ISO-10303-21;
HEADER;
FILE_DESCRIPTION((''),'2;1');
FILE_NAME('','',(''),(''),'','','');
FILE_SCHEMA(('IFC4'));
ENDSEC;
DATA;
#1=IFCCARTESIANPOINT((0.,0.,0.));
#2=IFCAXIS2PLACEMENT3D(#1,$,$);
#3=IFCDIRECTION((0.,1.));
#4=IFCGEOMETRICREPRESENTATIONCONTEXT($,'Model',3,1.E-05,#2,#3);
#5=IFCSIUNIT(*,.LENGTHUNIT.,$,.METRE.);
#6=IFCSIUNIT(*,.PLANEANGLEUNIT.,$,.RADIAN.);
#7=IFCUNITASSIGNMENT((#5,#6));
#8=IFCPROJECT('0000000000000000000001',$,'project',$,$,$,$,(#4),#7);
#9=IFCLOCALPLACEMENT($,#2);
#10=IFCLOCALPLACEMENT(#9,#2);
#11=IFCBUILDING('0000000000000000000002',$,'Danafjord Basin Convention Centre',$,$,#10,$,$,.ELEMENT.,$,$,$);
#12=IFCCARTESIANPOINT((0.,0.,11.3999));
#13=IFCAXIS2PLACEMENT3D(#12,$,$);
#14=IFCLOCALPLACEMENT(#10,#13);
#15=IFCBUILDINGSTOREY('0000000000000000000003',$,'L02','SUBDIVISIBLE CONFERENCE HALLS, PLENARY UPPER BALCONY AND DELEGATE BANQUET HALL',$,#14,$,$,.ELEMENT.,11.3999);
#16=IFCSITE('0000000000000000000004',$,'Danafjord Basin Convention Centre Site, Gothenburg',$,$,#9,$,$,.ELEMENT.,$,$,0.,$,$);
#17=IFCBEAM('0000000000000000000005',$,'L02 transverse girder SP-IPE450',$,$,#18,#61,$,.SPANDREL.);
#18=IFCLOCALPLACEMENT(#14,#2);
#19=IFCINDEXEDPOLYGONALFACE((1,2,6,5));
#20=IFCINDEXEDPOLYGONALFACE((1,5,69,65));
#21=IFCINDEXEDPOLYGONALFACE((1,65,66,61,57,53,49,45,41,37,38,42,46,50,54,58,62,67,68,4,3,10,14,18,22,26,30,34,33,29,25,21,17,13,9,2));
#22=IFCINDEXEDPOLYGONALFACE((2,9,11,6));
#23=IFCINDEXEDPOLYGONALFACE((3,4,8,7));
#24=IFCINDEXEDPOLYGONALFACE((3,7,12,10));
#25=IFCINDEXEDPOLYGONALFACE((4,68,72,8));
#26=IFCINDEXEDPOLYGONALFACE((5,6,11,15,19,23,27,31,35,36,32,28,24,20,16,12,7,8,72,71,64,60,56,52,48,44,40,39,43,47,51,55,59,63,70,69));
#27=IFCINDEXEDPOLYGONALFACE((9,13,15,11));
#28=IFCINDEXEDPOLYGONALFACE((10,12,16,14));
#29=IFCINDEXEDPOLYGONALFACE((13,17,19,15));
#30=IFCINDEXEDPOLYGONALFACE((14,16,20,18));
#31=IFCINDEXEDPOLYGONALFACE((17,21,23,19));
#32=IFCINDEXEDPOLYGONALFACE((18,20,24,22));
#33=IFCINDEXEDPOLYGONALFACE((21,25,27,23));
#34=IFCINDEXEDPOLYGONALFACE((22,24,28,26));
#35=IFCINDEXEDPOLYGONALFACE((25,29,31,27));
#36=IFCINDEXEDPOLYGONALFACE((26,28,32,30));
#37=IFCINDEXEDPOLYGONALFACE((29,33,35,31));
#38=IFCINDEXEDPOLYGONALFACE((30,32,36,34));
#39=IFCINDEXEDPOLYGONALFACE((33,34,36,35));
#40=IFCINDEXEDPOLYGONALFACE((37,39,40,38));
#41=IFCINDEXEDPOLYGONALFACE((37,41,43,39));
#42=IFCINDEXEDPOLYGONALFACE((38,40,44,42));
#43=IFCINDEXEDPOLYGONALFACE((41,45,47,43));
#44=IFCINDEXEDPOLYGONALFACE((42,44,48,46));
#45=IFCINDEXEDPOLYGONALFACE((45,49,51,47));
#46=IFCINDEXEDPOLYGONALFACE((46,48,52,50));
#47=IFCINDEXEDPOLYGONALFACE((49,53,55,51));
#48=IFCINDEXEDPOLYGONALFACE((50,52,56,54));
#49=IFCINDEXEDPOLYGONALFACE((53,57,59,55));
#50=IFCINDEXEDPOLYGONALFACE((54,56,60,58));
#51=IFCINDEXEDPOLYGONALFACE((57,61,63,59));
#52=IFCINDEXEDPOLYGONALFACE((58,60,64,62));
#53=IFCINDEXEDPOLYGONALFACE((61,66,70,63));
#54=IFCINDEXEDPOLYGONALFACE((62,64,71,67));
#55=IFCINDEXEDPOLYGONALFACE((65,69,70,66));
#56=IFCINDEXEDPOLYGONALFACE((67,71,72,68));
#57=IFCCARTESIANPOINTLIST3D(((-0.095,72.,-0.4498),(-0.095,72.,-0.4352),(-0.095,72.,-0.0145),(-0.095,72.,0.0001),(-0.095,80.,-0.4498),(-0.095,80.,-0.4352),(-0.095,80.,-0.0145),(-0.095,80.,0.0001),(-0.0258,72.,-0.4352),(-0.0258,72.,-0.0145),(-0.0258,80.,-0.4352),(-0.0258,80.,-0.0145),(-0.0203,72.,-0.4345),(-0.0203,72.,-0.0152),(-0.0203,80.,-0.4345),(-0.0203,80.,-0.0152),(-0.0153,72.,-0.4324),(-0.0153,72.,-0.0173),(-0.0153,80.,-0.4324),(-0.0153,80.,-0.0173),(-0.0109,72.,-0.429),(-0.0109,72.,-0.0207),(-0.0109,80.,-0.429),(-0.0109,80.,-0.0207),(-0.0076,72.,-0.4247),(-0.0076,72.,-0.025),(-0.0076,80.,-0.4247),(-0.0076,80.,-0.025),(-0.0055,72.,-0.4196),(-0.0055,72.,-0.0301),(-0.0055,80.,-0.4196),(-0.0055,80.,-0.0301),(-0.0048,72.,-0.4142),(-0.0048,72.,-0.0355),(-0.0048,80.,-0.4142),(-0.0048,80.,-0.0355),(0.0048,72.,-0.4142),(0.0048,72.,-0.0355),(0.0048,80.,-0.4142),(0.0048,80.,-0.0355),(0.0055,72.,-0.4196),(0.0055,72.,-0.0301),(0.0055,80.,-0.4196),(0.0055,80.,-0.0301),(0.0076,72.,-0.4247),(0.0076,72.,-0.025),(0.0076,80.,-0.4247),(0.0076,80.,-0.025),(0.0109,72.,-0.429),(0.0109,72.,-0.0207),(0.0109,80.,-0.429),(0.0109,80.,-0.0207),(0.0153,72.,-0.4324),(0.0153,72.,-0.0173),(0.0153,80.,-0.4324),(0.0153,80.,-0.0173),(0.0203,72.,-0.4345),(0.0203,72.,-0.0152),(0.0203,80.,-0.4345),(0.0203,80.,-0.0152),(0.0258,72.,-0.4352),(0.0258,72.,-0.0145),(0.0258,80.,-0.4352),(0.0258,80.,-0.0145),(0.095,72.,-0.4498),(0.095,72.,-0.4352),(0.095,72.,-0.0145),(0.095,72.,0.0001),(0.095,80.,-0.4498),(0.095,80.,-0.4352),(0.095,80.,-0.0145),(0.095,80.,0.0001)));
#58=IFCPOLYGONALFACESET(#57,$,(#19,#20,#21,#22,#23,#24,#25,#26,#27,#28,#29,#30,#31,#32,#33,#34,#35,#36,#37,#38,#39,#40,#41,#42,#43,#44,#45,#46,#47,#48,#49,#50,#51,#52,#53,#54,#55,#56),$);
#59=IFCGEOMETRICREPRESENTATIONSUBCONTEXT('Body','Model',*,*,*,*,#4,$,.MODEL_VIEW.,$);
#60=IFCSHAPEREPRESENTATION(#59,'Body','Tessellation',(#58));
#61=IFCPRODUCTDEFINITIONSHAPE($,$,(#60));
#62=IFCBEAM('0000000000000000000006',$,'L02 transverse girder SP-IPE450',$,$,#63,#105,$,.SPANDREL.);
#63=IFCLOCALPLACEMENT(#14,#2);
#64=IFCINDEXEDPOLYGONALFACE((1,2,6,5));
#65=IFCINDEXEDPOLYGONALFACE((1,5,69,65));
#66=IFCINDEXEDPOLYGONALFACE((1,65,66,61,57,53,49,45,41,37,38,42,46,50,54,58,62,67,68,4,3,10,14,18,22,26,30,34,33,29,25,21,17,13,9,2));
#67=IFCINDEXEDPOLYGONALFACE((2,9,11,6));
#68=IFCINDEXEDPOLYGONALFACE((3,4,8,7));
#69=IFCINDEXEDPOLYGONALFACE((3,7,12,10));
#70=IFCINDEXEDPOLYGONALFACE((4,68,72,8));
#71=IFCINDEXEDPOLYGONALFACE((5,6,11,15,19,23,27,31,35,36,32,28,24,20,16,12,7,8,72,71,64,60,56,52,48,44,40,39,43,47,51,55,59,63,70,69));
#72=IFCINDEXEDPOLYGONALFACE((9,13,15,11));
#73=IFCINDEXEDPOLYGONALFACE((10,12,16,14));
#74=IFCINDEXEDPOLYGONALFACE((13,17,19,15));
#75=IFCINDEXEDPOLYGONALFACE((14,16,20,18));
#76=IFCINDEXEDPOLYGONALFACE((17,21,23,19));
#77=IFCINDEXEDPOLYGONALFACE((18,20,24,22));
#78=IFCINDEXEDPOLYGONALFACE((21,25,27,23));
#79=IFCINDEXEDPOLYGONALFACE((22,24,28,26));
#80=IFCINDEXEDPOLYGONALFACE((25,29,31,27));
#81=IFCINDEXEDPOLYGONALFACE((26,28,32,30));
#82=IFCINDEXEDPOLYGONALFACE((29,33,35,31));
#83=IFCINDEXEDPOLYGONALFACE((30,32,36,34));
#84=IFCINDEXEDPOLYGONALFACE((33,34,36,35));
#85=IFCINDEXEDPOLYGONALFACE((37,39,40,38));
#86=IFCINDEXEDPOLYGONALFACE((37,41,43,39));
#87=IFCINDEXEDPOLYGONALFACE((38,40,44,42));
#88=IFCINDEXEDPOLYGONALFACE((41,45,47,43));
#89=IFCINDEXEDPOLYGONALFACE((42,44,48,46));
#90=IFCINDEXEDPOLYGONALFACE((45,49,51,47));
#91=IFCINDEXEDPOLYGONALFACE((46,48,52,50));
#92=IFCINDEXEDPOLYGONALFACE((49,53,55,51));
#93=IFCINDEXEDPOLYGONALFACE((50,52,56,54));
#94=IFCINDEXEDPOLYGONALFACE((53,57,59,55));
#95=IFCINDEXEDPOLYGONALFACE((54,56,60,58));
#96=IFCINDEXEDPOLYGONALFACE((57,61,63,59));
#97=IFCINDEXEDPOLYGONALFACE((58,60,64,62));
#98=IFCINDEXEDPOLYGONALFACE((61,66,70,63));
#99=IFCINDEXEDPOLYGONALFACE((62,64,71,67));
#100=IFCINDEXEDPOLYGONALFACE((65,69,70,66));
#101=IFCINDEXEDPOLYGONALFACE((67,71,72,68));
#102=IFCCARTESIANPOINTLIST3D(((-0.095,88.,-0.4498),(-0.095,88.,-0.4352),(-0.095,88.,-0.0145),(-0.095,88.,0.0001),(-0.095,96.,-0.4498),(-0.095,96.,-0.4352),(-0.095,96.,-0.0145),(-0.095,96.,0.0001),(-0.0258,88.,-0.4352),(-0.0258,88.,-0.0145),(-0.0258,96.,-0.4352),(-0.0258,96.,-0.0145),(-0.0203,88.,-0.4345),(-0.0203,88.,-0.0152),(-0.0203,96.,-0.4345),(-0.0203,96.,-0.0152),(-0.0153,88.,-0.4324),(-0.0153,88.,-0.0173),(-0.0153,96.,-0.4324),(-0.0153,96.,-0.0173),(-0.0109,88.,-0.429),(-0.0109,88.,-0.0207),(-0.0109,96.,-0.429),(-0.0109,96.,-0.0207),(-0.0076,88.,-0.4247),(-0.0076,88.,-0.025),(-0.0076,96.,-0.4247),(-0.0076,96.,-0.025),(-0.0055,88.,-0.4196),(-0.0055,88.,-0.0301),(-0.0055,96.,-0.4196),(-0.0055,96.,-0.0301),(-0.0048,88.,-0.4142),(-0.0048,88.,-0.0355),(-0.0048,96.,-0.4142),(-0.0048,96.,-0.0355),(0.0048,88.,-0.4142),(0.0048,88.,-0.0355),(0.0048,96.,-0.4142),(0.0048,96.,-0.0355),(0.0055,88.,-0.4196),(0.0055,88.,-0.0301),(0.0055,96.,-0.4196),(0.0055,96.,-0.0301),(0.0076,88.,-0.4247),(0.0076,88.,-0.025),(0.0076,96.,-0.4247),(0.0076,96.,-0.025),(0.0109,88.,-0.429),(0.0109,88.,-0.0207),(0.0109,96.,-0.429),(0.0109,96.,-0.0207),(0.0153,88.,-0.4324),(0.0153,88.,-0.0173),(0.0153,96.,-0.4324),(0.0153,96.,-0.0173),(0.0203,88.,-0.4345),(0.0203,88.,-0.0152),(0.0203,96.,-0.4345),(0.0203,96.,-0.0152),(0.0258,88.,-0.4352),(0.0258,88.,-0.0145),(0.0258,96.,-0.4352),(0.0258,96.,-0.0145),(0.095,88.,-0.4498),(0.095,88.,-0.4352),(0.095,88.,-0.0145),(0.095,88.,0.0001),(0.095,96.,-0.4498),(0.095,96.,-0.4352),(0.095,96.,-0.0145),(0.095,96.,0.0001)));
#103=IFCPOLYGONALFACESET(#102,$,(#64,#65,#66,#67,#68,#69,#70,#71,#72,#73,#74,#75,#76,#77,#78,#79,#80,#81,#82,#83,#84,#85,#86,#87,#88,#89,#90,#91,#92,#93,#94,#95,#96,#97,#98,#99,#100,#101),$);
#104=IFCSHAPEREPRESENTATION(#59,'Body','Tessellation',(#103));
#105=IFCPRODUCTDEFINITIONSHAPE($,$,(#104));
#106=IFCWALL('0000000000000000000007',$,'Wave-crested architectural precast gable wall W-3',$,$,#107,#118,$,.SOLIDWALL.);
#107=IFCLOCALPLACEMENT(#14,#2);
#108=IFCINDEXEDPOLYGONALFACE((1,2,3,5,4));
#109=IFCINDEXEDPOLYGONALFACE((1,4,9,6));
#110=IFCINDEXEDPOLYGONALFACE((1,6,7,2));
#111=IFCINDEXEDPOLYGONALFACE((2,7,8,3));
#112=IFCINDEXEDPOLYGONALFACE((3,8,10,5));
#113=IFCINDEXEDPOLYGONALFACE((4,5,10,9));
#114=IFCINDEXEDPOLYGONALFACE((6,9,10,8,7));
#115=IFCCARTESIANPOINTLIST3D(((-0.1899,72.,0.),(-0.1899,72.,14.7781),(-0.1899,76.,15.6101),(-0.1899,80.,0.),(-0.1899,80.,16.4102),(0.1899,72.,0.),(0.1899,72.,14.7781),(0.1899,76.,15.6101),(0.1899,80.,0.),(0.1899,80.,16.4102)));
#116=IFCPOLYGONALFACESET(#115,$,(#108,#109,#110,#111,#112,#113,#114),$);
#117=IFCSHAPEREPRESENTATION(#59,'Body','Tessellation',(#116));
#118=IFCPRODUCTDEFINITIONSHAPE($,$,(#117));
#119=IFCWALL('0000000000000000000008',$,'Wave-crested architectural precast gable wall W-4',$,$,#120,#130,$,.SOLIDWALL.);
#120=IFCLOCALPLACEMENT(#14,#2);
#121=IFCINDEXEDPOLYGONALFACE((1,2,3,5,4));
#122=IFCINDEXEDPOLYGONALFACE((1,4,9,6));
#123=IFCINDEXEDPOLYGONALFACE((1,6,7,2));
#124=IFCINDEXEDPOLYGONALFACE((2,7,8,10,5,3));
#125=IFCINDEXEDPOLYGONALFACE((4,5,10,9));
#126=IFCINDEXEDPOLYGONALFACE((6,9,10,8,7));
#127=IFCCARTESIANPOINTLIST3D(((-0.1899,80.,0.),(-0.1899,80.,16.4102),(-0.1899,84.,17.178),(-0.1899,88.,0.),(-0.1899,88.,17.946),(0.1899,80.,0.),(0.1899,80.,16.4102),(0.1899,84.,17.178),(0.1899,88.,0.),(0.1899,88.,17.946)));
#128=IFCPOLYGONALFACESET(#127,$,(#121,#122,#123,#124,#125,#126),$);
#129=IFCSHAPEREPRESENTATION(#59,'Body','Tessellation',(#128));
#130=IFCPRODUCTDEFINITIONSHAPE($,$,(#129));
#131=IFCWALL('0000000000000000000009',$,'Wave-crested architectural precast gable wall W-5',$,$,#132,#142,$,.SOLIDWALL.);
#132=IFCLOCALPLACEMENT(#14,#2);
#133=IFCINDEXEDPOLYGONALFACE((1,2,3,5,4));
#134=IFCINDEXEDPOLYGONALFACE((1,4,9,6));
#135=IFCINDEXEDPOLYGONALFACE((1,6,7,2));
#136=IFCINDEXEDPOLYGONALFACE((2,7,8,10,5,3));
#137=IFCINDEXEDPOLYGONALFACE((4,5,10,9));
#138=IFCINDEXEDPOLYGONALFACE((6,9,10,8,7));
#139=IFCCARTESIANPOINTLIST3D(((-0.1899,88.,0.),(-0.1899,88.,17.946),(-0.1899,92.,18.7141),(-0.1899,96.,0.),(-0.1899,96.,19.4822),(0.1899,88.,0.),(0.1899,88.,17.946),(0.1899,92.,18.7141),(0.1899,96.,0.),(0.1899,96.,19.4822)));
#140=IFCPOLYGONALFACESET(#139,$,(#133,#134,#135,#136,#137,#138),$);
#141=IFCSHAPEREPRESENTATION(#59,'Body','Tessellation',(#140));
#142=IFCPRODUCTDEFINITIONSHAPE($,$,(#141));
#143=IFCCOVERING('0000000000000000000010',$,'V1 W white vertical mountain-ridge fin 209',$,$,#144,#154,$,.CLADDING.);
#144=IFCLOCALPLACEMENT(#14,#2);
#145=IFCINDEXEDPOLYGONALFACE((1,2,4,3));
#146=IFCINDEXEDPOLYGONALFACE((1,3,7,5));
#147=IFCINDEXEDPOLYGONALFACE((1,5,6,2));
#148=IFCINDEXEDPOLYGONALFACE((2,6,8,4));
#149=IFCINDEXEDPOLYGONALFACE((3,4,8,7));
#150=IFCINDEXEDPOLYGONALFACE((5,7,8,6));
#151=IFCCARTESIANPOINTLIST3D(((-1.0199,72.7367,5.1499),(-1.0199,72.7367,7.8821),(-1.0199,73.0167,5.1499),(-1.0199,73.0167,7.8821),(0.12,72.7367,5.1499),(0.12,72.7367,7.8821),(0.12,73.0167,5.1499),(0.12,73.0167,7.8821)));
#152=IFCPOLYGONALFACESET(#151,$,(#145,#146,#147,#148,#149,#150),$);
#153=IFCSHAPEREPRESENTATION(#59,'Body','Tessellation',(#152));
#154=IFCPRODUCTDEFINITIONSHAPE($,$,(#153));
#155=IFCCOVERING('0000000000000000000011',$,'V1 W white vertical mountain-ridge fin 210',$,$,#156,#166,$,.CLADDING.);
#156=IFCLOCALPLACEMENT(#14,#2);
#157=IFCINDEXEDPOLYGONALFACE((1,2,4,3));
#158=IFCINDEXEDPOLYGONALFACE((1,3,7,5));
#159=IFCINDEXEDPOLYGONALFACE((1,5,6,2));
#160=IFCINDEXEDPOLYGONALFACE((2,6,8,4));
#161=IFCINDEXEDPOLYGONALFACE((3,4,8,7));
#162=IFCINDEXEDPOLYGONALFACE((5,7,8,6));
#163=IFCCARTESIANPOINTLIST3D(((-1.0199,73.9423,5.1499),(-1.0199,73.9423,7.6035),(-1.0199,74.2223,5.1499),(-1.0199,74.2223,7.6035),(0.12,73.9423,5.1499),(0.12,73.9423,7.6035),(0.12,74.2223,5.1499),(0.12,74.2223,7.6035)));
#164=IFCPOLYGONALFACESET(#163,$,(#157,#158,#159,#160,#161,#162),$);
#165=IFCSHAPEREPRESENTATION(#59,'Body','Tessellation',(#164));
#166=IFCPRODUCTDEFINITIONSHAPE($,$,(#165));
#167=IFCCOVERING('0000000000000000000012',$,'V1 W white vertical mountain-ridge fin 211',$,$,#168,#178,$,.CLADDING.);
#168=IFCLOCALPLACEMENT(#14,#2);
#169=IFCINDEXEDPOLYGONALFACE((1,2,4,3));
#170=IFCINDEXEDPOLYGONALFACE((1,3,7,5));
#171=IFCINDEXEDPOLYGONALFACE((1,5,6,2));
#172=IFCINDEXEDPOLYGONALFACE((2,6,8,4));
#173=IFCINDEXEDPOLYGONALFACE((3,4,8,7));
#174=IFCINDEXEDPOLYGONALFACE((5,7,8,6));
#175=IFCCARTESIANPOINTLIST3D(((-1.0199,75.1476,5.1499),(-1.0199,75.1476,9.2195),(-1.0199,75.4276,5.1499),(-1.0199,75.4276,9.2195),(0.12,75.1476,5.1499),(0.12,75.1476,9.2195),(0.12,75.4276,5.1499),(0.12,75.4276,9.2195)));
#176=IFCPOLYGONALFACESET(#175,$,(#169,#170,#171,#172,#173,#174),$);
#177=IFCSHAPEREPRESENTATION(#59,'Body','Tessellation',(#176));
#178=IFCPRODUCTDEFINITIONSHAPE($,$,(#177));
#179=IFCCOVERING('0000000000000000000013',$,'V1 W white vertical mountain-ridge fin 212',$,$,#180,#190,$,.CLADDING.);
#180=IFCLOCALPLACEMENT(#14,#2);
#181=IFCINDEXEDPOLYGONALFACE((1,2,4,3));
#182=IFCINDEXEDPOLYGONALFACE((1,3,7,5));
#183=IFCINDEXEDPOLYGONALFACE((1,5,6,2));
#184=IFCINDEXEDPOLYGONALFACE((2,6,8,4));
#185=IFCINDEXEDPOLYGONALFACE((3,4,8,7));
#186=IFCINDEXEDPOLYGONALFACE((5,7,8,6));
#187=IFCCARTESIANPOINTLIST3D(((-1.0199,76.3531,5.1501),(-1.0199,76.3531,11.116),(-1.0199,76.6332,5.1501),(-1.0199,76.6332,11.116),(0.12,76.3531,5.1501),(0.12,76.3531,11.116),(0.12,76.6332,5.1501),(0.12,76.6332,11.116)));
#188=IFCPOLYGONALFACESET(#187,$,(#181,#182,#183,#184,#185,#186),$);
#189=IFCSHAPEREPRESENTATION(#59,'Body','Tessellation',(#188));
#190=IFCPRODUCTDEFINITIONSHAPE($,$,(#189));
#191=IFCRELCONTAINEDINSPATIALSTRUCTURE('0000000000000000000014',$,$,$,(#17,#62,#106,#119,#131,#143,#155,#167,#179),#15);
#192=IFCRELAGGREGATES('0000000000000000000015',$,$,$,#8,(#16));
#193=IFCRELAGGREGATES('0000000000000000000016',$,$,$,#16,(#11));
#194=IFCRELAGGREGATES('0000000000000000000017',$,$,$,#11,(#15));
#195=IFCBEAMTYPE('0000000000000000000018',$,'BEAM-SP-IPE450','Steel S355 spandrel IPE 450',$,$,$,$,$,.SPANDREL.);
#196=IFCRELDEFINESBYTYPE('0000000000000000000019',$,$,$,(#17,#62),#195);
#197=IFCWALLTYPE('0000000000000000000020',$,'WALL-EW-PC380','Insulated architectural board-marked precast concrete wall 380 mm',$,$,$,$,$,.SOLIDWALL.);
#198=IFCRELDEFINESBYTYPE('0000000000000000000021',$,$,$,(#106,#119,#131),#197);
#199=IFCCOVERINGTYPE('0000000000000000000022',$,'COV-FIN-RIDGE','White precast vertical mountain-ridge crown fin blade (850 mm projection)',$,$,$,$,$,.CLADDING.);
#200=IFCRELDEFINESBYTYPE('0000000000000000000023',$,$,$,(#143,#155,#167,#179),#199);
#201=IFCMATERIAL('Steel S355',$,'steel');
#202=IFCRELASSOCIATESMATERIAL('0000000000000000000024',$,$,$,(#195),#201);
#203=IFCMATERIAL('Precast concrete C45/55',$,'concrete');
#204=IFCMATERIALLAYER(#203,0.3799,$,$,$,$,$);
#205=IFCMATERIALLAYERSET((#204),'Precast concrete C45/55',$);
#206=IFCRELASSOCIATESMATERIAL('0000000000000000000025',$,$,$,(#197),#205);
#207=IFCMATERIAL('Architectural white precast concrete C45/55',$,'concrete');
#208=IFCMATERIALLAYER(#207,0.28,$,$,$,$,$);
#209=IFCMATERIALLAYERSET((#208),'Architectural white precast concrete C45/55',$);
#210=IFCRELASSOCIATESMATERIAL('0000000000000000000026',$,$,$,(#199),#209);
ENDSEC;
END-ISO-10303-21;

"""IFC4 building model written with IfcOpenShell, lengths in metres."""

from ifc_helpers import new_model, si_unit, direction, frame, origin, origin_2d, place, context, subcontext, project, spatial, polyline, rectangle, i_section, outline, extrude, material, layer, layer_set, material_profile, profile_set, type_object, element, save


model = new_model("IFC4")

# Units and contexts
model_context = context("Model", 3, precision=1e-05, world=origin(), true_north=direction((0.0, 1.0)))
body_context = subcontext(model_context, "Body", "Model", "MODEL_VIEW")
ifc_project = project(units=[si_unit("LENGTHUNIT", "METRE"), si_unit("PLANEANGLEUNIT", "RADIAN")], contexts=[model_context])

# Site, building, storey
site_placement = place(None, origin())
site = spatial("IfcSite", under=ifc_project, at=site_placement, Name="Danafjord Basin Convention Centre Site, Gothenburg", CompositionType="ELEMENT", RefElevation=0.0)
building_placement = place(site_placement, origin())
building = spatial("IfcBuilding", under=site, at=building_placement, Name="Danafjord Basin Convention Centre", CompositionType="ELEMENT")
storey_placement = place(building_placement, frame((0.0, 0.0, 11.3999)))
storey = spatial("IfcBuildingStorey", under=building, at=storey_placement, Name="L02", Description="SUBDIVISIBLE CONFERENCE HALLS, PLENARY UPPER BALCONY AND DELEGATE BANQUET HALL", CompositionType="ELEMENT", Elevation=11.3999)

# Beams
ifc_material_1 = material(Name="Steel S355", Category="steel")
ifc_material_profile_1 = material_profile(ifc_material_1, i_section(OverallWidth=0.1899, OverallDepth=0.45, WebThickness=0.0095, FlangeThickness=0.0146, FilletRadius=0.021, at=origin_2d()), Name="IPE 450")
ifc_profile_set_1 = profile_set([ifc_material_profile_1], Name="Steel S355")
beam_type_1 = type_object("IfcBeamType", Name="BEAM-SP-IPE450", Description="Steel S355 spandrel IPE 450", PredefinedType="SPANDREL", material=ifc_profile_set_1)
for number, where, z_axis, x_axis, name in (
    (1, (0.0, 72.0, -0.2249), (0.0, 1.0, 0.0), (-1.0, 0.0, 0.0), "L02 transverse girder SP-IPE450"),
    (2, (0.0, 88.0, -0.2249), (0.0, 1.0, 0.0), (-1.0, 0.0, 0.0), "L02 transverse girder SP-IPE450"),
):
    element("IfcBeam", number, at=place(storey_placement, frame(where, z_axis=z_axis, x_axis=x_axis)), inside=storey, type_object=beam_type_1, Name=name, PredefinedType="SPANDREL", context=body_context, shape_type="SweptSolid", body=[
        extrude(i_section(OverallWidth=0.1899, OverallDepth=0.45, WebThickness=0.0095, FlangeThickness=0.0146, FilletRadius=0.021, at=origin_2d()), origin(), (0.0, 0.0, 1.0), 8.0),
    ])

# Walls
ifc_material_2 = material(Name="Precast concrete C45/55", Category="concrete")
ifc_layer_1 = layer(ifc_material_2, 0.3799)
ifc_layer_set_1 = layer_set([ifc_layer_1], Name="Precast concrete C45/55")
wall_type = type_object("IfcWallType", Name="WALL-EW-PC380", Description="Insulated architectural board-marked precast concrete wall 380 mm", PredefinedType="SOLIDWALL", material=ifc_layer_set_1)
wall_1_placement = place(storey_placement, frame((0.0, 72.0, 0.0), z_axis=(0.0, 0.0, 1.0), x_axis=(0.0, 1.0, 0.0)))
element("IfcWall", 3, at=wall_1_placement, inside=storey, type_object=wall_type, Name="Wave-crested architectural precast gable wall W-3", PredefinedType="SOLIDWALL", context=body_context, shape_type="SweptSolid", body=[
    extrude(outline(polyline([(0.0, 0.0), (8.0, 0.0), (8.0, 16.4102), (4.0, 15.6101), (0.0, 14.7781), (0.0, 0.0)])), frame((0.0, 0.1899, 0.0), z_axis=(0.0, -1.0, 0.0), x_axis=(1.0, 0.0, 0.0)), (0.0, 0.0, 1.0), 0.3799),
])
wall_2_placement = place(storey_placement, frame((0.0, 80.0, 0.0), z_axis=(0.0, 0.0, 1.0), x_axis=(0.0, 1.0, 0.0)))
element("IfcWall", 4, at=wall_2_placement, inside=storey, type_object=wall_type, Name="Wave-crested architectural precast gable wall W-4", PredefinedType="SOLIDWALL", context=body_context, shape_type="SweptSolid", body=[
    extrude(outline(polyline([(0.0, 0.0), (8.0, 0.0), (8.0, 17.946), (4.0, 17.178), (0.0, 16.4102), (0.0, 0.0)])), frame((0.0, 0.1899, 0.0), z_axis=(0.0, -1.0, 0.0), x_axis=(1.0, 0.0, 0.0)), (0.0, 0.0, 1.0), 0.3799),
])
wall_3_placement = place(storey_placement, frame((0.0, 88.0, 0.0), z_axis=(0.0, 0.0, 1.0), x_axis=(0.0, 1.0, 0.0)))
element("IfcWall", 5, at=wall_3_placement, inside=storey, type_object=wall_type, Name="Wave-crested architectural precast gable wall W-5", PredefinedType="SOLIDWALL", context=body_context, shape_type="SweptSolid", body=[
    extrude(outline(polyline([(0.0, 0.0), (8.0, 0.0), (8.0, 19.4822), (4.0, 18.7141), (0.0, 17.946), (0.0, 0.0)])), frame((0.0, 0.1899, 0.0), z_axis=(0.0, -1.0, 0.0), x_axis=(1.0, 0.0, 0.0)), (0.0, 0.0, 1.0), 0.3799),
])

# Coverings
ifc_material_3 = material(Name="Architectural white precast concrete C45/55", Category="concrete")
ifc_layer_2 = layer(ifc_material_3, 0.28)
ifc_layer_set_2 = layer_set([ifc_layer_2], Name="Architectural white precast concrete C45/55")
covering_type = type_object("IfcCoveringType", Name="COV-FIN-RIDGE", Description="White precast vertical mountain-ridge crown fin blade (850 mm projection)", PredefinedType="CLADDING", material=ifc_layer_set_2)
covering_1_placement = place(storey_placement, frame((-0.45, 72.8767, 5.1499), z_axis=(0.0, 0.0, 1.0), x_axis=(1.0, 0.0, 0.0)))
element("IfcCovering", 6, at=covering_1_placement, inside=storey, type_object=covering_type, Name="V1 W white vertical mountain-ridge fin 209", PredefinedType="CLADDING", context=body_context, shape_type="SweptSolid", body=[
    extrude(rectangle(XDim=1.1399, YDim=0.28, at=origin_2d()), origin(), (0.0, 0.0, 1.0), 2.7322),
])
covering_2_placement = place(storey_placement, frame((-0.45, 74.0823, 5.1499), z_axis=(0.0, 0.0, 1.0), x_axis=(1.0, 0.0, 0.0)))
element("IfcCovering", 7, at=covering_2_placement, inside=storey, type_object=covering_type, Name="V1 W white vertical mountain-ridge fin 210", PredefinedType="CLADDING", context=body_context, shape_type="SweptSolid", body=[
    extrude(rectangle(XDim=1.1399, YDim=0.28, at=origin_2d()), origin(), (0.0, 0.0, 1.0), 2.4536),
])
covering_3_placement = place(storey_placement, frame((-0.45, 75.2876, 5.1499), z_axis=(0.0, 0.0, 1.0), x_axis=(1.0, 0.0, 0.0)))
element("IfcCovering", 8, at=covering_3_placement, inside=storey, type_object=covering_type, Name="V1 W white vertical mountain-ridge fin 211", PredefinedType="CLADDING", context=body_context, shape_type="SweptSolid", body=[
    extrude(rectangle(XDim=1.1399, YDim=0.28, at=origin_2d()), origin(), (0.0, 0.0, 1.0), 4.0696),
])
covering_4_placement = place(storey_placement, frame((-0.45, 76.4932, 5.1501), z_axis=(0.0, 0.0, 1.0), x_axis=(1.0, 0.0, 0.0)))
element("IfcCovering", 9, at=covering_4_placement, inside=storey, type_object=covering_type, Name="V1 W white vertical mountain-ridge fin 212", PredefinedType="CLADDING", context=body_context, shape_type="SweptSolid", body=[
    extrude(rectangle(XDim=1.1399, YDim=0.28, at=origin_2d()), origin(), (0.0, 0.0, 1.0), 5.9658),
])

save(model, "model.ifc")
